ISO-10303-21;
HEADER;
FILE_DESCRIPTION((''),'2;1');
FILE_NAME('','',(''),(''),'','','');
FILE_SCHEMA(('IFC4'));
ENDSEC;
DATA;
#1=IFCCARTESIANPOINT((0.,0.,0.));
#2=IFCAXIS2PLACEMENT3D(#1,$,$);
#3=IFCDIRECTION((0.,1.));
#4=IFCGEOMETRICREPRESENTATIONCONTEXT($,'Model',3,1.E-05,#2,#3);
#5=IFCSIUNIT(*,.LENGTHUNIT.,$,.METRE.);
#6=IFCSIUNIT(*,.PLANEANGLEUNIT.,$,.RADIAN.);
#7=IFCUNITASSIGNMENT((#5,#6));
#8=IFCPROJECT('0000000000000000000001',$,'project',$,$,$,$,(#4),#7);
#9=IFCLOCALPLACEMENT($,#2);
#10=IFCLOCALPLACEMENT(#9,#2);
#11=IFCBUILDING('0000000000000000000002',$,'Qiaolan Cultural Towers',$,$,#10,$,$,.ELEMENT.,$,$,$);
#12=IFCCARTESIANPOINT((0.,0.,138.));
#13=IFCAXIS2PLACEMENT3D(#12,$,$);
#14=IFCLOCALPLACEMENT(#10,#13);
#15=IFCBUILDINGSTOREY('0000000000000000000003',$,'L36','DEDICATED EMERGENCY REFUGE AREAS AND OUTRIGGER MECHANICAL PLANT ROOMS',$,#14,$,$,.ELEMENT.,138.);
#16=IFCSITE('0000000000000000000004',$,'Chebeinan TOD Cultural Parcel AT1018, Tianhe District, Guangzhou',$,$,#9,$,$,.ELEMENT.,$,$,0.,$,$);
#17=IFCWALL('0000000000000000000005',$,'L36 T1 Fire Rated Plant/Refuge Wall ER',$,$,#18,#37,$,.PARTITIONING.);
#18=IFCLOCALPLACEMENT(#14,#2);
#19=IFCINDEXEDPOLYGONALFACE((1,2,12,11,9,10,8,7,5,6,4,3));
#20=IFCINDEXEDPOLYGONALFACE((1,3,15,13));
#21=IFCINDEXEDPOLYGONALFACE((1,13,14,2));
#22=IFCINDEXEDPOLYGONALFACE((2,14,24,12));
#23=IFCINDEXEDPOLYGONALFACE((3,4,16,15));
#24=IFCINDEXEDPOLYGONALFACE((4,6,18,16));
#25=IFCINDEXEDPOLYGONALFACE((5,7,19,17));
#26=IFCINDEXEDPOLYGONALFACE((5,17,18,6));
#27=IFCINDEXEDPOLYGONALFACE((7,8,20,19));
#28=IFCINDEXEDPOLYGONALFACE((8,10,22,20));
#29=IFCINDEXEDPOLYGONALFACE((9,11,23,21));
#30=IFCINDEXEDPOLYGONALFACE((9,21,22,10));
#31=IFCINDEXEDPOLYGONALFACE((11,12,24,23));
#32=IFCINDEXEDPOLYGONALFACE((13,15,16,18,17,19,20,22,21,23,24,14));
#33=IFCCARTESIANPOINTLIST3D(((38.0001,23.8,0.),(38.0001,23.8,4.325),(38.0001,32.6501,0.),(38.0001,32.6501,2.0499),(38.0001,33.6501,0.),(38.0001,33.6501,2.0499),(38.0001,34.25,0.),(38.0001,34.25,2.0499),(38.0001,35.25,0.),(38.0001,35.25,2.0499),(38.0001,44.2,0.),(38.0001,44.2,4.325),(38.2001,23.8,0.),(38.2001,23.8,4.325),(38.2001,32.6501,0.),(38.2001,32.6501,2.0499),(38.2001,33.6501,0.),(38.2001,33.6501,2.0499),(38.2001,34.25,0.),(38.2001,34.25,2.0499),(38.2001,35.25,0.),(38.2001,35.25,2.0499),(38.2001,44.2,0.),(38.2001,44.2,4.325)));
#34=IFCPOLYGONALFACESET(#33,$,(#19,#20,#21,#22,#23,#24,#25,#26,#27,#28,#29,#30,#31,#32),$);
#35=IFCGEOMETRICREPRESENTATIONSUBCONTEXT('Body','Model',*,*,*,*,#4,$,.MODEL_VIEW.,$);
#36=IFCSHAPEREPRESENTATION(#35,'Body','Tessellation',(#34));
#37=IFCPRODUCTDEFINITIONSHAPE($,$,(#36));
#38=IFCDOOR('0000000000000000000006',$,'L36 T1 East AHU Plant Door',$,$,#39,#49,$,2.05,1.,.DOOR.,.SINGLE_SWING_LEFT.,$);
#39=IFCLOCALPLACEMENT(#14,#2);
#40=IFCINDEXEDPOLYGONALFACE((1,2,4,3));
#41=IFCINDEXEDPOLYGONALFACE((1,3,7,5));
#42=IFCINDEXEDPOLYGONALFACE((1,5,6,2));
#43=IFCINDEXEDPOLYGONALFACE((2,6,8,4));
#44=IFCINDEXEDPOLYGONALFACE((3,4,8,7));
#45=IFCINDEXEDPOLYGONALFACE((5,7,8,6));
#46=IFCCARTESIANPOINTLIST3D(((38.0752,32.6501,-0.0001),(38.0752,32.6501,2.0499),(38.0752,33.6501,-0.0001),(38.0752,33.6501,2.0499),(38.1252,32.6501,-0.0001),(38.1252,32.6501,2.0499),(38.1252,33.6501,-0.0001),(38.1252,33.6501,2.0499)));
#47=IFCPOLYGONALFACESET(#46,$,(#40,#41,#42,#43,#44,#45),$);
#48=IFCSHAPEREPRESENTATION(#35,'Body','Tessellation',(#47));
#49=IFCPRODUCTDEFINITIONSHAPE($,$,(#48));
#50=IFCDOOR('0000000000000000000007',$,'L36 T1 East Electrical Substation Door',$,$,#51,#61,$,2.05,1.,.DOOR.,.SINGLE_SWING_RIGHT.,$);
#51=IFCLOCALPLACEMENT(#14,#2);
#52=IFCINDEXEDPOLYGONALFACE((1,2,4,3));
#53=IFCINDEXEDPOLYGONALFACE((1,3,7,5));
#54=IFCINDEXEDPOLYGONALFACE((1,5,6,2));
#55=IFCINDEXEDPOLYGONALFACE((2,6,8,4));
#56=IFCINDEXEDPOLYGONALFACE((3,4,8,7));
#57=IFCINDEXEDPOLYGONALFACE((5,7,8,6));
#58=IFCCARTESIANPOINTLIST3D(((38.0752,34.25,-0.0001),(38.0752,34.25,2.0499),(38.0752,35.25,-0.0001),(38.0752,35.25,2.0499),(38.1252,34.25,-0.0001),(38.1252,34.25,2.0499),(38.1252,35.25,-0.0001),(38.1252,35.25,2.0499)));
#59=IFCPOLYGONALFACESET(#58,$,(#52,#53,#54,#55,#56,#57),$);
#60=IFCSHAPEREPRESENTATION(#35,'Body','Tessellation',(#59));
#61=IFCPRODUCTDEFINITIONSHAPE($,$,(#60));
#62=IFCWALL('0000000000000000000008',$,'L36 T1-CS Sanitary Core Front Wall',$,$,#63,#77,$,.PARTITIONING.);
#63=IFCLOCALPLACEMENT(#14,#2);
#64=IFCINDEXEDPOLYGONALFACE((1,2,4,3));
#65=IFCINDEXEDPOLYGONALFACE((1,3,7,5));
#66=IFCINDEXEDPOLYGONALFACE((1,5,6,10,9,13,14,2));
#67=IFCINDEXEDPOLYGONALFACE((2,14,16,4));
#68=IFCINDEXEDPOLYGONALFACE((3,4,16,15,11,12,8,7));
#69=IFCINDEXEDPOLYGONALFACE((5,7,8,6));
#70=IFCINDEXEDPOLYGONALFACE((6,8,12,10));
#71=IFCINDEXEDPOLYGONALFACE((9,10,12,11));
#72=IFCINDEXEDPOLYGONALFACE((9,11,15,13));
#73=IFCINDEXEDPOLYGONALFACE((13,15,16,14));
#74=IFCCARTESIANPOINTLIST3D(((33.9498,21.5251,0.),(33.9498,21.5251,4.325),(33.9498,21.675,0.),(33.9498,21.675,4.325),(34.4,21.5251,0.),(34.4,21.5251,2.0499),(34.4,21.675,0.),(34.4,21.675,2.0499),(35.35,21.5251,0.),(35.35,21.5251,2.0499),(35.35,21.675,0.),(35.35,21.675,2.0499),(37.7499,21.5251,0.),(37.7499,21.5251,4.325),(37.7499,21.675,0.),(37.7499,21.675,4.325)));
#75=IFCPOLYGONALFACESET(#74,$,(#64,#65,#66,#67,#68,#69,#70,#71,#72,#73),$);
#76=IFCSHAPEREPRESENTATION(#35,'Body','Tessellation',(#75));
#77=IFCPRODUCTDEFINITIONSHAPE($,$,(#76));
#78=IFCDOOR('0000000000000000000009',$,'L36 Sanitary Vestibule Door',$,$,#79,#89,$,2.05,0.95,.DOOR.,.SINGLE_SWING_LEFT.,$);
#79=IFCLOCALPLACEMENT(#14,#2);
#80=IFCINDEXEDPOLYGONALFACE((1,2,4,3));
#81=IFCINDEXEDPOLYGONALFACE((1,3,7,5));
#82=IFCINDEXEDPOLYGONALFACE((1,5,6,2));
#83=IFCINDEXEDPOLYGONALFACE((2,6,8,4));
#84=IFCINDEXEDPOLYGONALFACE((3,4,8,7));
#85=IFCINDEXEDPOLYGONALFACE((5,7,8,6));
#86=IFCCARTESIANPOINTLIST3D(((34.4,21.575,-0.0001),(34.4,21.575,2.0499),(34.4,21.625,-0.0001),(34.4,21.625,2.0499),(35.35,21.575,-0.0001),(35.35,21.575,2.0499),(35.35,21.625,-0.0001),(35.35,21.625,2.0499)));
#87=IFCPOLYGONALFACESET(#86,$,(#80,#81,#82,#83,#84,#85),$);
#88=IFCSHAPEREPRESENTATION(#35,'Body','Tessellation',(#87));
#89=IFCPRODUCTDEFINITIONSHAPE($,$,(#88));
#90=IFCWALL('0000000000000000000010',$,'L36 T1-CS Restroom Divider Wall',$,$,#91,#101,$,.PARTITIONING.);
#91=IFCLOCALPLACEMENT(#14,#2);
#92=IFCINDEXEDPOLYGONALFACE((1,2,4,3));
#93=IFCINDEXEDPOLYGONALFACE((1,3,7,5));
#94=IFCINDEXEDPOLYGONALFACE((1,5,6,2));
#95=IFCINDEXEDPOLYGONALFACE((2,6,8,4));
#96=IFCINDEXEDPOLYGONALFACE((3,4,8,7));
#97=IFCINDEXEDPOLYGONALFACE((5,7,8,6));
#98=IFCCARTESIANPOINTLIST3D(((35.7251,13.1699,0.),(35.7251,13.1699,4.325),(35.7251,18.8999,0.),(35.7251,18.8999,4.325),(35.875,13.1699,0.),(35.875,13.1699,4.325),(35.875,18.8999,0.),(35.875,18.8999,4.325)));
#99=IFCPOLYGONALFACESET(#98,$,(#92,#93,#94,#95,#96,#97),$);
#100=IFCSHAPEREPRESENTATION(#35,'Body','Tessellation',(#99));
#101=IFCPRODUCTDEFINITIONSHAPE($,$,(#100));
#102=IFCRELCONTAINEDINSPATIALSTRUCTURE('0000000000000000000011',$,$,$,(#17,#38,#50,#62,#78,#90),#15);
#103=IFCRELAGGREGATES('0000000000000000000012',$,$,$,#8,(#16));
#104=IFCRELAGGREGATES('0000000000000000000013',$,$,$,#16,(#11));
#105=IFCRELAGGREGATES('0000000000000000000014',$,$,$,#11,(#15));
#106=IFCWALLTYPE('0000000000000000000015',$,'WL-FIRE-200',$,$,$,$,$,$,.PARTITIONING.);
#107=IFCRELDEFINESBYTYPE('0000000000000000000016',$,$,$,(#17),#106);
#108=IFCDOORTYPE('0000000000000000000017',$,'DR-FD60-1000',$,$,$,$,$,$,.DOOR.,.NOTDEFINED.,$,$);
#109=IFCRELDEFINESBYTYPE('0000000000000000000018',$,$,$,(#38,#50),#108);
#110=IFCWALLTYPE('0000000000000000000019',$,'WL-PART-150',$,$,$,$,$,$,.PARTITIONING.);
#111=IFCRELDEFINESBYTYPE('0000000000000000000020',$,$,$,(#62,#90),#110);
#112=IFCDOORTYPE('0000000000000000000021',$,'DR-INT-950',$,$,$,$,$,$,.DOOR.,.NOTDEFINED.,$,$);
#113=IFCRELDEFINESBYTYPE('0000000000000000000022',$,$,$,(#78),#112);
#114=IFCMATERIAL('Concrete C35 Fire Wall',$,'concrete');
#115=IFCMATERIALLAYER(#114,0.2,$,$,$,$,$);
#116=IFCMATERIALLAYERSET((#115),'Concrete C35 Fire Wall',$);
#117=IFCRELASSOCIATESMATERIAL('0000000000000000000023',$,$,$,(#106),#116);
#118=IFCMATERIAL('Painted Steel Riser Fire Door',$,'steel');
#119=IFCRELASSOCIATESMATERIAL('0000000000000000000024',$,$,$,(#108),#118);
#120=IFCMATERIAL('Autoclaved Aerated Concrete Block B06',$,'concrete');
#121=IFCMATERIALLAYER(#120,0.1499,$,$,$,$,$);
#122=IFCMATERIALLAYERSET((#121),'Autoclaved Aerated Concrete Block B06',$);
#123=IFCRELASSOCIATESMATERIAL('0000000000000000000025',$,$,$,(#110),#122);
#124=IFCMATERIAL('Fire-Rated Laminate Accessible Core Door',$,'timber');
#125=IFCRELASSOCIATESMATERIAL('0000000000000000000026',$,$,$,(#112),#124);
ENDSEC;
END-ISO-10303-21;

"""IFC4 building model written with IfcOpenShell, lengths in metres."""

from ifc_helpers import new_model, si_unit, direction, frame, frame_2d, origin, place, context, subcontext, project, spatial, rectangle, extrude, material, layer, layer_set, type_object, element, fill, save


model = new_model("IFC4")

# Units and contexts
model_context = context("Model", 3, precision=1e-05, world=origin(), true_north=direction((0.0, 1.0)))
body_context = subcontext(model_context, "Body", "Model", "MODEL_VIEW")
ifc_project = project(units=[si_unit("LENGTHUNIT", "METRE"), si_unit("PLANEANGLEUNIT", "RADIAN")], contexts=[model_context])

# Site, building, storey
site_placement = place(None, origin())
site = spatial("IfcSite", under=ifc_project, at=site_placement, Name="Chebeinan TOD Cultural Parcel AT1018, Tianhe District, Guangzhou", CompositionType="ELEMENT", RefElevation=0.0)
building_placement = place(site_placement, origin())
building = spatial("IfcBuilding", under=site, at=building_placement, Name="Qiaolan Cultural Towers", CompositionType="ELEMENT")
storey_placement = place(building_placement, frame((0.0, 0.0, 138.0)))
storey = spatial("IfcBuildingStorey", under=building, at=storey_placement, Name="L36", Description="DEDICATED EMERGENCY REFUGE AREAS AND OUTRIGGER MECHANICAL PLANT ROOMS", CompositionType="ELEMENT", Elevation=138.0)

# Shared definitions
ifc_material_1 = material(Name="Concrete C35 Fire Wall", Category="concrete")
ifc_layer_1 = layer(ifc_material_1, 0.2)
ifc_layer_set_1 = layer_set([ifc_layer_1], Name="Concrete C35 Fire Wall")
wall_type_1 = type_object("IfcWallType", Name="WL-FIRE-200", PredefinedType="PARTITIONING", material=ifc_layer_set_1)

# Wall, openings, doors
wall_1_placement = place(storey_placement, frame((38.1001, 23.8, 0.0), z_axis=(0.0, 0.0, 1.0), x_axis=(0.0, 1.0, 0.0)))
wall_1 = element("IfcWall", 1, at=wall_1_placement, inside=storey, type_object=wall_type_1, Name="L36 T1 Fire Rated Plant/Refuge Wall ER", PredefinedType="PARTITIONING", context=body_context, shape_type="SweptSolid", body=[
    extrude(rectangle(XDim=20.3999, YDim=0.2, at=frame_2d((10.2, 0.0))), origin(), (0.0, 0.0, 1.0), 4.325),
])
opening_1_placement = place(wall_1_placement, frame((8.8501, 0.0, 0.0)))
opening_1 = element("IfcOpeningElement", 2, at=opening_1_placement, cuts=wall_1, PredefinedType="OPENING", context=body_context, shape_type="SweptSolid", body=[
    extrude(rectangle(XDim=1.0, YDim=2.05, at=frame_2d((0.5, 1.0249))), frame((0.0, 0.1099, 0.0), z_axis=(0.0, -1.0, 0.0), x_axis=(1.0, 0.0, 0.0)), (0.0, 0.0, 1.0), 0.22),
])
opening_2_placement = place(wall_1_placement, frame((10.45, 0.0, 0.0)))
opening_2 = element("IfcOpeningElement", 3, at=opening_2_placement, cuts=wall_1, PredefinedType="OPENING", context=body_context, shape_type="SweptSolid", body=[
    extrude(rectangle(XDim=1.0, YDim=2.05, at=frame_2d((0.5, 1.0249))), frame((0.0, 0.1099, 0.0), z_axis=(0.0, -1.0, 0.0), x_axis=(1.0, 0.0, 0.0)), (0.0, 0.0, 1.0), 0.22),
])
ifc_material_2 = material(Name="Painted Steel Riser Fire Door", Category="steel")
door_type_1 = type_object("IfcDoorType", Name="DR-FD60-1000", OperationType="NOTDEFINED", PredefinedType="DOOR", material=ifc_material_2)
door_1_placement = place(opening_1_placement, origin())
door_1 = element("IfcDoor", 4, at=door_1_placement, inside=storey, type_object=door_type_1, Name="L36 T1 East AHU Plant Door", OperationType="SINGLE_SWING_LEFT", OverallHeight=2.05, OverallWidth=1.0, PredefinedType="DOOR", context=body_context, shape_type="SweptSolid", body=[
    extrude(rectangle(XDim=1.0, YDim=2.05, at=frame_2d((0.5, 1.0249))), frame((0.0, 0.0249, 0.0), z_axis=(0.0, -1.0, 0.0), x_axis=(1.0, 0.0, 0.0)), (0.0, 0.0, 1.0), 0.05),
])
fill(opening_1, door_1)
door_2_placement = place(opening_2_placement, origin())
door_2 = element("IfcDoor", 5, at=door_2_placement, inside=storey, type_object=door_type_1, Name="L36 T1 East Electrical Substation Door", OperationType="SINGLE_SWING_RIGHT", OverallHeight=2.05, OverallWidth=1.0, PredefinedType="DOOR", context=body_context, shape_type="SweptSolid", body=[
    extrude(rectangle(XDim=1.0, YDim=2.05, at=frame_2d((0.5, 1.0249))), frame((0.0, 0.0249, 0.0), z_axis=(0.0, -1.0, 0.0), x_axis=(1.0, 0.0, 0.0)), (0.0, 0.0, 1.0), 0.05),
])
fill(opening_2, door_2)

# Wall, opening, door
ifc_material_3 = material(Name="Autoclaved Aerated Concrete Block B06", Category="concrete")
ifc_layer_2 = layer(ifc_material_3, 0.1499)
ifc_layer_set_2 = layer_set([ifc_layer_2], Name="Autoclaved Aerated Concrete Block B06")
wall_type_2 = type_object("IfcWallType", Name="WL-PART-150", PredefinedType="PARTITIONING", material=ifc_layer_set_2)
wall_2_placement = place(storey_placement, frame((33.95, 21.6001, 0.0), z_axis=(0.0, 0.0, 1.0), x_axis=(1.0, 0.0, 0.0)))
wall_2 = element("IfcWall", 6, at=wall_2_placement, inside=storey, type_object=wall_type_2, Name="L36 T1-CS Sanitary Core Front Wall", PredefinedType="PARTITIONING", context=body_context, shape_type="SweptSolid", body=[
    extrude(rectangle(XDim=3.8, YDim=0.1499, at=frame_2d((1.8999, 0.0))), origin(), (0.0, 0.0, 1.0), 4.325),
])
opening_3_placement = place(wall_2_placement, frame((0.45, 0.0, 0.0)))
opening_3 = element("IfcOpeningElement", 7, at=opening_3_placement, cuts=wall_2, PredefinedType="OPENING", context=body_context, shape_type="SweptSolid", body=[
    extrude(rectangle(XDim=0.95, YDim=2.05, at=frame_2d((0.4751, 1.0249))), frame((0.0, 0.085, 0.0), z_axis=(0.0, -1.0, 0.0), x_axis=(1.0, 0.0, 0.0)), (0.0, 0.0, 1.0), 0.1699),
])
ifc_material_4 = material(Name="Fire-Rated Laminate Accessible Core Door", Category="timber")
door_type_2 = type_object("IfcDoorType", Name="DR-INT-950", OperationType="NOTDEFINED", PredefinedType="DOOR", material=ifc_material_4)
door_3_placement = place(opening_3_placement, origin())
door_3 = element("IfcDoor", 8, at=door_3_placement, inside=storey, type_object=door_type_2, Name="L36 Sanitary Vestibule Door", OperationType="SINGLE_SWING_LEFT", OverallHeight=2.05, OverallWidth=0.95, PredefinedType="DOOR", context=body_context, shape_type="SweptSolid", body=[
    extrude(rectangle(XDim=0.95, YDim=2.05, at=frame_2d((0.4751, 1.0249))), frame((0.0, 0.0249, 0.0), z_axis=(0.0, -1.0, 0.0), x_axis=(1.0, 0.0, 0.0)), (0.0, 0.0, 1.0), 0.05),
])
fill(opening_3, door_3)

# Wall
wall_3_placement = place(storey_placement, frame((35.8, 18.8999, 0.0), z_axis=(0.0, 0.0, 1.0), x_axis=(0.0, -1.0, 0.0)))
element("IfcWall", 9, at=wall_3_placement, inside=storey, type_object=wall_type_2, Name="L36 T1-CS Restroom Divider Wall", PredefinedType="PARTITIONING", context=body_context, shape_type="SweptSolid", body=[
    extrude(rectangle(XDim=5.73, YDim=0.1499, at=frame_2d((2.865, 0.0))), origin(), (0.0, 0.0, 1.0), 4.325),
])

save(model, "model.ifc")
